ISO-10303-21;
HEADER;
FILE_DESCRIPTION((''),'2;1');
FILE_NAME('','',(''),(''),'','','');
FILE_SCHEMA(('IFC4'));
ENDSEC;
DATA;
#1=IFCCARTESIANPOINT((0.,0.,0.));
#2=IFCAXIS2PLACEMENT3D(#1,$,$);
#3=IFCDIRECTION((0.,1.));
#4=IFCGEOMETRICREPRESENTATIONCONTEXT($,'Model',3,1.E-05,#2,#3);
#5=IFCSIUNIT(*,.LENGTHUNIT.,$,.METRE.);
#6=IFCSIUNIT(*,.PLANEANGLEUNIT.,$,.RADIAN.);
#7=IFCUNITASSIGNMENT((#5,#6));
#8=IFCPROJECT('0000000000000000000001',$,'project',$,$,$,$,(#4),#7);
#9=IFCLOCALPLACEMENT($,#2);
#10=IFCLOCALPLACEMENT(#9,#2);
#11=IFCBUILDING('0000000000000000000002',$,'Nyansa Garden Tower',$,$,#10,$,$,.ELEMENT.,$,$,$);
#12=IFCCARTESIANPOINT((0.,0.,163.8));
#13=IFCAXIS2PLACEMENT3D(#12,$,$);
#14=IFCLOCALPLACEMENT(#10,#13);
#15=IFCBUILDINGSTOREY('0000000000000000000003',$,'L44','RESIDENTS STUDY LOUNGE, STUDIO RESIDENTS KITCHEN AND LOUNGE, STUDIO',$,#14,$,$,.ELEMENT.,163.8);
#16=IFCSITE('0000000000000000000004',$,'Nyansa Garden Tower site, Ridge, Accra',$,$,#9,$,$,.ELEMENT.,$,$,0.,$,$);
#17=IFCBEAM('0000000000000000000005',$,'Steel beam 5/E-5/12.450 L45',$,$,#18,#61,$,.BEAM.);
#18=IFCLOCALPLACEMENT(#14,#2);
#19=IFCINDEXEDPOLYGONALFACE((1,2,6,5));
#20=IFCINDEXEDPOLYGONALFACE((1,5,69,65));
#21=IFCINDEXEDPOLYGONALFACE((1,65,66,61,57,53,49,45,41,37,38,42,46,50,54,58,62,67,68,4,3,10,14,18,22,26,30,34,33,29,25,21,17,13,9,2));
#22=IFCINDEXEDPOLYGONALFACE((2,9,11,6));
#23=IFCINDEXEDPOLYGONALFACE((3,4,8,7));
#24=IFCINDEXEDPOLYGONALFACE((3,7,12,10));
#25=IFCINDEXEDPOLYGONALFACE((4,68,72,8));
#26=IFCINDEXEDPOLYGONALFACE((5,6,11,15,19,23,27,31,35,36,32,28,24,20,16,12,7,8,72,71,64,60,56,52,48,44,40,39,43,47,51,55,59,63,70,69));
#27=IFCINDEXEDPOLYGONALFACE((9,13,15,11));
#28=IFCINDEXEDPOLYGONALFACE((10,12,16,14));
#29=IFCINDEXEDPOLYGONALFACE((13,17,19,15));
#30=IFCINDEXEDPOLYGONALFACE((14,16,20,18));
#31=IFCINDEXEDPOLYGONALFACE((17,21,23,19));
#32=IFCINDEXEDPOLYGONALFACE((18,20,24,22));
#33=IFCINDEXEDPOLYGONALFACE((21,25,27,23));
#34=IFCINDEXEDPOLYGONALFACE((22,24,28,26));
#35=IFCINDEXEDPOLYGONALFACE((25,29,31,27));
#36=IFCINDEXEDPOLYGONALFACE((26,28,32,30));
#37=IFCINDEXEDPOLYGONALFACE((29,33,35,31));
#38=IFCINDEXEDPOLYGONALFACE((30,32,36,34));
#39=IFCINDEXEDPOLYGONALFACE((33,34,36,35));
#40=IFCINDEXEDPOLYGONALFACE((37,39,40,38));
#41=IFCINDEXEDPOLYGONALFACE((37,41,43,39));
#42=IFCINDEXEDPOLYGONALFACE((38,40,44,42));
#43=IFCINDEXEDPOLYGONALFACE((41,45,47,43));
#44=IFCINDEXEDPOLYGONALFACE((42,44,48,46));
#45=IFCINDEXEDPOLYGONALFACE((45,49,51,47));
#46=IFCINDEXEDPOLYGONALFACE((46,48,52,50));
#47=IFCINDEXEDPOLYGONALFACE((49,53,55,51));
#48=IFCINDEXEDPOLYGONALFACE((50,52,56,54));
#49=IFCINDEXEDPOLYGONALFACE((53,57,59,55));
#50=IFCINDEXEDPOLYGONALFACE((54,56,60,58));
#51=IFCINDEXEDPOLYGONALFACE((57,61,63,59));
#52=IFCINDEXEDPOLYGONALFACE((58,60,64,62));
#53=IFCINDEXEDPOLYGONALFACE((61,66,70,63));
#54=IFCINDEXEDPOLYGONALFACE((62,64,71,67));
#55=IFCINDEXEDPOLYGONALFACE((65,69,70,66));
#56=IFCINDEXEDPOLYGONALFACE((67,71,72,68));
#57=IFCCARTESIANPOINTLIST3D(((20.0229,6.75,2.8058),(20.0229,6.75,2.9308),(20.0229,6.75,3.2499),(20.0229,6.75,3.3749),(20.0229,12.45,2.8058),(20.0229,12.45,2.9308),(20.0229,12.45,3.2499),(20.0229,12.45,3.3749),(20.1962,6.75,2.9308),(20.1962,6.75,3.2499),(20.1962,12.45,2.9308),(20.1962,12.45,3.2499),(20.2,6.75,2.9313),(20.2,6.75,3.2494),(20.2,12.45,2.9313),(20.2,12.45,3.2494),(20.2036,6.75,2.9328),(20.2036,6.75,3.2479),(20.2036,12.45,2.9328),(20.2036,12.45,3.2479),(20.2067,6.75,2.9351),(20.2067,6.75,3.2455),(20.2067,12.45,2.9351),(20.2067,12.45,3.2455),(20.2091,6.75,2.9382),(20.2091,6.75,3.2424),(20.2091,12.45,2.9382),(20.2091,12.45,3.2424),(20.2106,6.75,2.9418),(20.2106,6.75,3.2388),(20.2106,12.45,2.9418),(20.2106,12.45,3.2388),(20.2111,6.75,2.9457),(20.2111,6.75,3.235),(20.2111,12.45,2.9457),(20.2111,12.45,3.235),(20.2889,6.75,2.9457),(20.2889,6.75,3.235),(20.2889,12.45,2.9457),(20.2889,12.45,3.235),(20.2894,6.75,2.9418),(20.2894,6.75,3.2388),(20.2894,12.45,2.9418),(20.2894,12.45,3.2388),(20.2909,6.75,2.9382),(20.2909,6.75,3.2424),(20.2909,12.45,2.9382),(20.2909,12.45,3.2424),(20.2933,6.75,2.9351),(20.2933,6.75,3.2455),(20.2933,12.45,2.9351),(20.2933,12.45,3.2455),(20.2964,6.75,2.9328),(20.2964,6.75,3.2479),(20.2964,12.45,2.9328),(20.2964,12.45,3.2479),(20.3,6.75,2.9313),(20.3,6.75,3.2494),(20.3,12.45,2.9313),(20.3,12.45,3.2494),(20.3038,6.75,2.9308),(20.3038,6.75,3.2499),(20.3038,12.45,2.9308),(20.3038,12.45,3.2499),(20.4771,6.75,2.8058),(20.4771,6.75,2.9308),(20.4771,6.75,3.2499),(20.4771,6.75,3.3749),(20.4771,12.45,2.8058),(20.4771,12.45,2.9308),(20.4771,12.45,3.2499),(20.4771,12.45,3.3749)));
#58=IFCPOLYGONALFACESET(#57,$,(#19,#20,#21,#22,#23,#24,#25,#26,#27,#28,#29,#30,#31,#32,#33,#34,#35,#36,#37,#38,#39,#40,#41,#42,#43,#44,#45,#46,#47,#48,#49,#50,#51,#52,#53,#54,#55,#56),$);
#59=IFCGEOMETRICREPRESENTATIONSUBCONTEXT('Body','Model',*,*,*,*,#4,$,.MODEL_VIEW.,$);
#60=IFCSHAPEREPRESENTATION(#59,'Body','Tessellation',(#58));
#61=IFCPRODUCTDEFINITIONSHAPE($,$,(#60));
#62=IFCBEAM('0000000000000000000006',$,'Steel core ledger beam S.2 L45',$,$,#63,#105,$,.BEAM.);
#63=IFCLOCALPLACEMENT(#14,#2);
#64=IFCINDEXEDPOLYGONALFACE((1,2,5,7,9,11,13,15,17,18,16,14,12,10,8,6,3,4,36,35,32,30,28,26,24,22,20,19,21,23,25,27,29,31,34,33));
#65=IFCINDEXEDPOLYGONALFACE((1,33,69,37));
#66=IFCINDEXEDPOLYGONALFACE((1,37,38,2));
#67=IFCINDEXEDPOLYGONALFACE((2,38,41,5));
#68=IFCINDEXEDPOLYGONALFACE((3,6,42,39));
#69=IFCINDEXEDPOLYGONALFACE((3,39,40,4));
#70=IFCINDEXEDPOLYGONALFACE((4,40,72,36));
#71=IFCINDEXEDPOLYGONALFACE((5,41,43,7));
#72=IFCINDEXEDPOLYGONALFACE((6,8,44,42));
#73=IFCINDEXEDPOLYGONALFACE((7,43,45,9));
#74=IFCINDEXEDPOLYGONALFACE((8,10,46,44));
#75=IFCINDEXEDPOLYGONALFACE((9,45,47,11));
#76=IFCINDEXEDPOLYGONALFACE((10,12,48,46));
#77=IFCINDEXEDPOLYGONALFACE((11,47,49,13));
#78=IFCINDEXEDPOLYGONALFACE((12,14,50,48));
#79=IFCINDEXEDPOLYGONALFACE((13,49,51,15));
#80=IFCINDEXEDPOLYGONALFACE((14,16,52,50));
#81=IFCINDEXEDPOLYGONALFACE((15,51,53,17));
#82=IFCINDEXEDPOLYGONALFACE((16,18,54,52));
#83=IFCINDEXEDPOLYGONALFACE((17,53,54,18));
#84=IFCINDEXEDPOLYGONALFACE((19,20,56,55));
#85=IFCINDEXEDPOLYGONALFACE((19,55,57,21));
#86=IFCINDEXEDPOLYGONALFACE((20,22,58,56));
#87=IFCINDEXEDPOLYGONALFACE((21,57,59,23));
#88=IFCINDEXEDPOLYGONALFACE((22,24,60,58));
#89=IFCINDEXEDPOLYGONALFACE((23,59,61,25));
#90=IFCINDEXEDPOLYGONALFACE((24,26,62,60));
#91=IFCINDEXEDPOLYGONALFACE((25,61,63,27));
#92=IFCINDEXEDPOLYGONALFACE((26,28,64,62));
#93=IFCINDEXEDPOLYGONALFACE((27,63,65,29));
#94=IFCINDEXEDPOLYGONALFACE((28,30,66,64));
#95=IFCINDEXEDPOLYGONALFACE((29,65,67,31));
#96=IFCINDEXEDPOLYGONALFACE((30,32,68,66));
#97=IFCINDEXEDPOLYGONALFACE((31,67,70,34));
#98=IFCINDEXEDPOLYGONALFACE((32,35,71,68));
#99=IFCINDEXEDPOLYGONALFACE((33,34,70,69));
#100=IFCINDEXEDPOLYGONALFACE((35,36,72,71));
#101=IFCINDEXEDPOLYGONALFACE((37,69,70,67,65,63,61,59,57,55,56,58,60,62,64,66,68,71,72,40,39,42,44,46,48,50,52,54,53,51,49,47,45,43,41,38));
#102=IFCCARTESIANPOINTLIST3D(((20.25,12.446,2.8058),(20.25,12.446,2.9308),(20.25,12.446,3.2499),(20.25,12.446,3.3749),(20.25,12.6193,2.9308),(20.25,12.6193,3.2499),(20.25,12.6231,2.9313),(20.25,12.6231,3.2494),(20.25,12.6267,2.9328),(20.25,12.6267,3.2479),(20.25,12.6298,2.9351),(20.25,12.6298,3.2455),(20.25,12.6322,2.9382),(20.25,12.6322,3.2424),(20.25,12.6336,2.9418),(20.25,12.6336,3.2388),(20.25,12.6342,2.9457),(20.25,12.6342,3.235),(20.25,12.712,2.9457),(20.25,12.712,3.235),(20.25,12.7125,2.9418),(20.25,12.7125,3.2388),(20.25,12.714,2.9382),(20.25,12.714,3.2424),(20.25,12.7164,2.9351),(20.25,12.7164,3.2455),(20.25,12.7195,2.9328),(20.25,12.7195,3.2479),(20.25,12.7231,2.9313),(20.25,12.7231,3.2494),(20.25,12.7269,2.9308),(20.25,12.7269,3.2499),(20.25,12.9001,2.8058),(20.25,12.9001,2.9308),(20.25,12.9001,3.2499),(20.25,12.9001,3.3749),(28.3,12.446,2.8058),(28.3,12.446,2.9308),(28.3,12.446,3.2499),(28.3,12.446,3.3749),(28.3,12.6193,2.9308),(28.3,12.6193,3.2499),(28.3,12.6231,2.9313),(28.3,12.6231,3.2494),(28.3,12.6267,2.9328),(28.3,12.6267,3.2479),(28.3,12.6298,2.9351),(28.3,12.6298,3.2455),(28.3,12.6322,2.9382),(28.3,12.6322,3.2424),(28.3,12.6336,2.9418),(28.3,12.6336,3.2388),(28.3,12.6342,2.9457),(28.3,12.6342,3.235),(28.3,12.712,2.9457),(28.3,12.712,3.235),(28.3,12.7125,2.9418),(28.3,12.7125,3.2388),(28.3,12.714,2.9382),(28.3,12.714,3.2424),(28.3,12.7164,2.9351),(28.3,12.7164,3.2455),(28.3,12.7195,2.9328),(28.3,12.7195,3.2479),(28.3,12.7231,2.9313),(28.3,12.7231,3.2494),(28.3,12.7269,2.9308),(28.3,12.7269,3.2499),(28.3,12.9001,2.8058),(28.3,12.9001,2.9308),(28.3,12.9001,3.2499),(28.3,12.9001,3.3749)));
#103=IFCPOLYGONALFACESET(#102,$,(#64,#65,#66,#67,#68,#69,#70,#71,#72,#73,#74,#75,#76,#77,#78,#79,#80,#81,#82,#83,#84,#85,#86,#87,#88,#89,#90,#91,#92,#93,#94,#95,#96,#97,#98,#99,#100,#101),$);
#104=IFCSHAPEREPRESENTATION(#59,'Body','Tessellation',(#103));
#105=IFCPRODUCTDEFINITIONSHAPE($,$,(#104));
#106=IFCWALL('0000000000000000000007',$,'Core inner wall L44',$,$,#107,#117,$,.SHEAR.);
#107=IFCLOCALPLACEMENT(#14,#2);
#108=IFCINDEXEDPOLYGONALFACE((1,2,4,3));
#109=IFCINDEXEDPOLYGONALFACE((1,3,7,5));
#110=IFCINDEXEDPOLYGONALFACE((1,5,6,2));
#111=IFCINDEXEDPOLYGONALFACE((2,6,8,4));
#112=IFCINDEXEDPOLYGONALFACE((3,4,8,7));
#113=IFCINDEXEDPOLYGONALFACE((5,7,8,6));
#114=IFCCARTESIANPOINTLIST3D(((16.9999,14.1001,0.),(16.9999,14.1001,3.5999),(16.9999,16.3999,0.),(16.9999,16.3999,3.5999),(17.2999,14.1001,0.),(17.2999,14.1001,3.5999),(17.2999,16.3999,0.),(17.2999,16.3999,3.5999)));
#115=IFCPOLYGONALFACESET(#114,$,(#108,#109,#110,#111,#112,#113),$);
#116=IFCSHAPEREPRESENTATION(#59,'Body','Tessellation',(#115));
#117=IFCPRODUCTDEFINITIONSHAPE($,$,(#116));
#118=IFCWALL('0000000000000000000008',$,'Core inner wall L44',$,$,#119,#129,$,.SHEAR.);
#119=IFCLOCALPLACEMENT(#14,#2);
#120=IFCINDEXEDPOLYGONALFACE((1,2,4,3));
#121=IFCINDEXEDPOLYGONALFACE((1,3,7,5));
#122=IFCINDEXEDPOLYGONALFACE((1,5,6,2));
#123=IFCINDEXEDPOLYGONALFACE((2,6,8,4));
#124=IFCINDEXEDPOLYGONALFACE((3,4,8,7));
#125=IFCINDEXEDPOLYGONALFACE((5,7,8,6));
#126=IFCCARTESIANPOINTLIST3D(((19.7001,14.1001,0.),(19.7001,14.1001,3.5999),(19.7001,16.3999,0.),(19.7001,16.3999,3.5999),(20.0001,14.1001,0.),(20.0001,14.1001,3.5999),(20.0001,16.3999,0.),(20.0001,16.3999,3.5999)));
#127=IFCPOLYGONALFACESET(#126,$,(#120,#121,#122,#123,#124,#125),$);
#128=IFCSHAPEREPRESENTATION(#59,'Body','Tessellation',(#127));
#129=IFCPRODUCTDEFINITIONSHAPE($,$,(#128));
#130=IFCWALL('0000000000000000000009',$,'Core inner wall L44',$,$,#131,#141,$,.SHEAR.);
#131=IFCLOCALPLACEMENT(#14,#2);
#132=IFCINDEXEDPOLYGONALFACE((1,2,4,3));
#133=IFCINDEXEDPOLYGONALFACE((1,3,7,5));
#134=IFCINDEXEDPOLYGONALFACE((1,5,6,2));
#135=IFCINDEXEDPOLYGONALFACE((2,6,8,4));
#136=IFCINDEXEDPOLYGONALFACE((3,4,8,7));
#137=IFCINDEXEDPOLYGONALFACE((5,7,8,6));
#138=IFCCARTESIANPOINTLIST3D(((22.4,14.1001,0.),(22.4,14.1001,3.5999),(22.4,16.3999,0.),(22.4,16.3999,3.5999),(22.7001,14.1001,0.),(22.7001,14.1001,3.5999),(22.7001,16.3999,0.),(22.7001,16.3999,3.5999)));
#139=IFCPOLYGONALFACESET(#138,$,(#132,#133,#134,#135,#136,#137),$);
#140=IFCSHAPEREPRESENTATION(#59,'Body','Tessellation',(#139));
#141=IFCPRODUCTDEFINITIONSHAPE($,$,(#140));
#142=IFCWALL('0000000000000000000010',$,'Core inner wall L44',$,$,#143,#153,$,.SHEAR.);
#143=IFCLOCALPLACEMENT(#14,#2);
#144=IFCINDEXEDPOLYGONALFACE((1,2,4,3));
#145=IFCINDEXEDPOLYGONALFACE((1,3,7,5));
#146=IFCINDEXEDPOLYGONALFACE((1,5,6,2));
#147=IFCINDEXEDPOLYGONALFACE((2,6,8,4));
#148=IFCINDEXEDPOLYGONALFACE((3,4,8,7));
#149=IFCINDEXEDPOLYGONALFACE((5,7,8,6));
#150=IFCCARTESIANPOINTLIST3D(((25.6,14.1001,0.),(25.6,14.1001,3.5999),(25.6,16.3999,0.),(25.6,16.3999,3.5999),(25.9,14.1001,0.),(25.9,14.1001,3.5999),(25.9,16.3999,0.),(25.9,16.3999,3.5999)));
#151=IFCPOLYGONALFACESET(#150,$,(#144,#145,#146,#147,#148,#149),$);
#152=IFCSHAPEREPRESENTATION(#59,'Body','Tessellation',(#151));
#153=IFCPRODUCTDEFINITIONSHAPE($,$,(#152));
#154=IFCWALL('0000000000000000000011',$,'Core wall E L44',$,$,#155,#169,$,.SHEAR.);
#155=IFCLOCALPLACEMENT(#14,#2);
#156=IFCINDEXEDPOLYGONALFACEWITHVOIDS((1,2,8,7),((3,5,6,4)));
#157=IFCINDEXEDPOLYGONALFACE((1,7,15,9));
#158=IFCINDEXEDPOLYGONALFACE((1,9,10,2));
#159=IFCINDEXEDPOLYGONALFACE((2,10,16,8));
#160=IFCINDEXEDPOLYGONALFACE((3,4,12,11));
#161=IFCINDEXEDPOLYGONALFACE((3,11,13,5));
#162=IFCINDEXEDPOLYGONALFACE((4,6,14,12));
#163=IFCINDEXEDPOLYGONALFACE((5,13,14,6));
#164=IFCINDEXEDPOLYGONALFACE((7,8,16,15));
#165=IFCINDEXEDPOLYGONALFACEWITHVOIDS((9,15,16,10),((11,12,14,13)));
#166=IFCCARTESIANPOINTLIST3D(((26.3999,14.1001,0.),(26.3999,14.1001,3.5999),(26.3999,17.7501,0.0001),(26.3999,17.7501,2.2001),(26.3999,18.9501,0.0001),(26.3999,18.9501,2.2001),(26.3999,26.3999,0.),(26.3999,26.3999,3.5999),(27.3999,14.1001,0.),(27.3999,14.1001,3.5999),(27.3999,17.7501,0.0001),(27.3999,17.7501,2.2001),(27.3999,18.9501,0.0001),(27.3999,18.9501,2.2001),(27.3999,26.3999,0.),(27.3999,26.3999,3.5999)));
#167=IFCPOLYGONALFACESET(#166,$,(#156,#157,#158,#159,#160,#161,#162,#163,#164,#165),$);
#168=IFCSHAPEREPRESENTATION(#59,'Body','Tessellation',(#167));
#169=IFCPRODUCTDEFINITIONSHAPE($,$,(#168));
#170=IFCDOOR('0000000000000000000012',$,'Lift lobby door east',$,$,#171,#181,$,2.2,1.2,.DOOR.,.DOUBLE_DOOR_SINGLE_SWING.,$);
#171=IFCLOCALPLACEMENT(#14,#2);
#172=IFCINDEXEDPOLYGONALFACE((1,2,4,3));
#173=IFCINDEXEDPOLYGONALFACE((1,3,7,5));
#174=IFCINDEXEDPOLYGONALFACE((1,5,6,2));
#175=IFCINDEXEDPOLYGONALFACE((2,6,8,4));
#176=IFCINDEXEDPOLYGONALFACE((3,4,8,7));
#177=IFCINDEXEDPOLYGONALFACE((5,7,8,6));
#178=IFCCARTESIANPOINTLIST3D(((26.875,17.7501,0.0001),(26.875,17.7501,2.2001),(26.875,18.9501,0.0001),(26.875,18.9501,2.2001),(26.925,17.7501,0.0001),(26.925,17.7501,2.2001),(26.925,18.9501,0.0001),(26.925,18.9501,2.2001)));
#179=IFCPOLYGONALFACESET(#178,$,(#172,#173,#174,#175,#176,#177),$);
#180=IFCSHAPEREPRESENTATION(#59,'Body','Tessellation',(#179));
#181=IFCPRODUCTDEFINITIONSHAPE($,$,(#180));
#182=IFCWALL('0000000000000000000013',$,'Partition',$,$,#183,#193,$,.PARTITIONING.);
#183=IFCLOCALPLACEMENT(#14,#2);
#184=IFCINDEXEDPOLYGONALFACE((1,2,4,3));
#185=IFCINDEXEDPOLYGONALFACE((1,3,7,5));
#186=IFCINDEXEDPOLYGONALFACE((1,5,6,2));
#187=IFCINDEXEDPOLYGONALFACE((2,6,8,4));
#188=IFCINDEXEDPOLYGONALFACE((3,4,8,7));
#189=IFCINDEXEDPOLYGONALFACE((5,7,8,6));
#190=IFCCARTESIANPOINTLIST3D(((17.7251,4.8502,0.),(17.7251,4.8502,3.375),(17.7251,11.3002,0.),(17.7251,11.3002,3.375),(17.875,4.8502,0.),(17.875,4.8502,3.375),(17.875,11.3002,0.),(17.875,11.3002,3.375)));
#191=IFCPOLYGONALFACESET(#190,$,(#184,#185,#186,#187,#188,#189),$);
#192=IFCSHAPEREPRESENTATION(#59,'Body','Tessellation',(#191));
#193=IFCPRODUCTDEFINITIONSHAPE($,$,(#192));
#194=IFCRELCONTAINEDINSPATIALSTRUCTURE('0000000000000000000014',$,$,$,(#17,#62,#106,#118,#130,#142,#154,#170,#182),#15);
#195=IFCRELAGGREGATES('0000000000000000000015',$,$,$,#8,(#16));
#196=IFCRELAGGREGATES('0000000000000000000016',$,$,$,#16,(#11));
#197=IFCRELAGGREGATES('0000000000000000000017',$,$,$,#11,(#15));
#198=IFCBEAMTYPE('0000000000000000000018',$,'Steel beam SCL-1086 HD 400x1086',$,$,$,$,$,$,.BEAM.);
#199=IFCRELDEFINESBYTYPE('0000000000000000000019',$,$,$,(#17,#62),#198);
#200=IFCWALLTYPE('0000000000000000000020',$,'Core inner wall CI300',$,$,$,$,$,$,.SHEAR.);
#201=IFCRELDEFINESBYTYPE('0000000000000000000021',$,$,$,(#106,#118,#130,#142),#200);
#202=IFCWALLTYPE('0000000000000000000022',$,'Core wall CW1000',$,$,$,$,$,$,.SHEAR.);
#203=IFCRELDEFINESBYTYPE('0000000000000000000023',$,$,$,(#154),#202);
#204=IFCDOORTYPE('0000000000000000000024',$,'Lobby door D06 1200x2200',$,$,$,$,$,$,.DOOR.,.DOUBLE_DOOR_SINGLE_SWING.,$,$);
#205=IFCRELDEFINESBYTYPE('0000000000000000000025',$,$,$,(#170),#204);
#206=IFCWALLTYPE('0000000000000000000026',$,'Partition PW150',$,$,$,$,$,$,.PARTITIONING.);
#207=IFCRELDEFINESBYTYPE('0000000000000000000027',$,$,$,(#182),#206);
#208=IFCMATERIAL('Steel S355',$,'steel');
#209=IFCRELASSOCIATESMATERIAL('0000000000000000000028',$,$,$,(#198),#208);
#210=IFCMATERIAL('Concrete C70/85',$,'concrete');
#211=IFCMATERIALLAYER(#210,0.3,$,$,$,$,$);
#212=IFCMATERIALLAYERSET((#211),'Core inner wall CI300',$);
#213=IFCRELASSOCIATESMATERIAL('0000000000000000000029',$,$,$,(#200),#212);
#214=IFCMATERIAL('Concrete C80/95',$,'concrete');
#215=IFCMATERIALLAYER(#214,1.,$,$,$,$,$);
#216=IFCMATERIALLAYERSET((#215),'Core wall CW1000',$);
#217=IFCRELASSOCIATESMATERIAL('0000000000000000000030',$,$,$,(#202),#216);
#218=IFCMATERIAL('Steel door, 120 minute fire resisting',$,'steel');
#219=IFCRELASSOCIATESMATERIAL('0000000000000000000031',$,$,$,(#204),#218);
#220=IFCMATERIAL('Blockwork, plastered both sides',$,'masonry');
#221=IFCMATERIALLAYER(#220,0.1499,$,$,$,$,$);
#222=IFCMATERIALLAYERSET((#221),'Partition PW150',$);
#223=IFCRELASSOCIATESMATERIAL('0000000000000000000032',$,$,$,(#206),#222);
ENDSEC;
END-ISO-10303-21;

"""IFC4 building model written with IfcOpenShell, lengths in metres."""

from ifc_helpers import new_model, si_unit, direction, frame, frame_2d, origin, origin_2d, place, context, subcontext, project, spatial, rectangle, i_section, extrude, material, layer, layer_set, material_profile, profile_set, type_object, element, fill, save


model = new_model("IFC4")

# Units and contexts
model_context = context("Model", 3, precision=1e-05, world=origin(), true_north=direction((0.0, 1.0)))
body_context = subcontext(model_context, "Body", "Model", "MODEL_VIEW")
ifc_project = project(units=[si_unit("LENGTHUNIT", "METRE"), si_unit("PLANEANGLEUNIT", "RADIAN")], contexts=[model_context])

# Site, building, storey
site_placement = place(None, origin())
site = spatial("IfcSite", under=ifc_project, at=site_placement, Name="Nyansa Garden Tower site, Ridge, Accra", CompositionType="ELEMENT", RefElevation=0.0)
building_placement = place(site_placement, origin())
building = spatial("IfcBuilding", under=site, at=building_placement, Name="Nyansa Garden Tower", CompositionType="ELEMENT")
storey_placement = place(building_placement, frame((0.0, 0.0, 163.8)))
storey = spatial("IfcBuildingStorey", under=building, at=storey_placement, Name="L44", Description="RESIDENTS STUDY LOUNGE, STUDIO RESIDENTS KITCHEN AND LOUNGE, STUDIO", CompositionType="ELEMENT", Elevation=163.8)

# Beams
ifc_material_1 = material(Name="Steel S355", Category="steel")
ifc_material_profile_1 = material_profile(ifc_material_1, i_section(OverallWidth=0.4541, OverallDepth=0.5691, WebThickness=0.0779, FlangeThickness=0.125, FilletRadius=0.0149, at=origin_2d()), Name="HD 400x1086")
ifc_profile_set_1 = profile_set([ifc_material_profile_1], Name="Steel S355")
beam_type_1 = type_object("IfcBeamType", Name="Steel beam SCL-1086 HD 400x1086", PredefinedType="BEAM", material=ifc_profile_set_1)
beam_1_placement = place(storey_placement, frame((20.25, 6.75, 3.0903), z_axis=(0.0, 1.0, 0.0), x_axis=(-1.0, 0.0, 0.0)))
element("IfcBeam", 1, at=beam_1_placement, inside=storey, type_object=beam_type_1, Name="Steel beam 5/E-5/12.450 L45", PredefinedType="BEAM", context=body_context, shape_type="SweptSolid", body=[
    extrude(i_section(OverallWidth=0.4541, OverallDepth=0.5691, WebThickness=0.0779, FlangeThickness=0.125, FilletRadius=0.0149, at=origin_2d()), origin(), (0.0, 0.0, 1.0), 5.7),
])
beam_2_placement = place(storey_placement, frame((20.25, 12.6731, 3.0903), z_axis=(1.0, 0.0, 0.0), x_axis=(0.0, 1.0, 0.0)))
element("IfcBeam", 2, at=beam_2_placement, inside=storey, type_object=beam_type_1, Name="Steel core ledger beam S.2 L45", PredefinedType="BEAM", context=body_context, shape_type="SweptSolid", body=[
    extrude(i_section(OverallWidth=0.4541, OverallDepth=0.5691, WebThickness=0.0779, FlangeThickness=0.125, FilletRadius=0.0149, at=origin_2d()), origin(), (0.0, 0.0, 1.0), 8.05),
])

# Walls
ifc_material_2 = material(Name="Concrete C70/85", Category="concrete")
ifc_layer_1 = layer(ifc_material_2, 0.3)
ifc_layer_set_1 = layer_set([ifc_layer_1], Name="Core inner wall CI300")
wall_type_1 = type_object("IfcWallType", Name="Core inner wall CI300", PredefinedType="SHEAR", material=ifc_layer_set_1)
for number, where, z_axis, x_axis, name in (
    (3, (17.1499, 14.1001, 0.0), (0.0, 0.0, 1.0), (0.0, 1.0, 0.0), "Core inner wall L44"),
    (4, (19.8501, 14.1001, 0.0), (0.0, 0.0, 1.0), (0.0, 1.0, 0.0), "Core inner wall L44"),
    (5, (22.55, 14.1001, 0.0), (0.0, 0.0, 1.0), (0.0, 1.0, 0.0), "Core inner wall L44"),
    (6, (25.75, 14.1001, 0.0), (0.0, 0.0, 1.0), (0.0, 1.0, 0.0), "Core inner wall L44"),
):
    element("IfcWall", number, at=place(storey_placement, frame(where, z_axis=z_axis, x_axis=x_axis)), inside=storey, type_object=wall_type_1, Name=name, PredefinedType="SHEAR", context=body_context, shape_type="SweptSolid", body=[
        extrude(rectangle(XDim=2.2998, YDim=0.3, at=frame_2d((1.1499, 0.0))), origin(), (0.0, 0.0, 1.0), 3.5999),
    ])

# Wall, opening, door
ifc_material_3 = material(Name="Concrete C80/95", Category="concrete")
ifc_layer_2 = layer(ifc_material_3, 1.0)
ifc_layer_set_2 = layer_set([ifc_layer_2], Name="Core wall CW1000")
wall_type_2 = type_object("IfcWallType", Name="Core wall CW1000", PredefinedType="SHEAR", material=ifc_layer_set_2)
wall_1_placement = place(storey_placement, frame((26.8999, 14.1001, 0.0), z_axis=(0.0, 0.0, 1.0), x_axis=(0.0, 1.0, 0.0)))
wall_1 = element("IfcWall", 7, at=wall_1_placement, inside=storey, type_object=wall_type_2, Name="Core wall E L44", PredefinedType="SHEAR", context=body_context, shape_type="SweptSolid", body=[
    extrude(rectangle(XDim=12.2998, YDim=1.0, at=frame_2d((6.1499, 0.0))), origin(), (0.0, 0.0, 1.0), 3.5999),
])
opening_1_placement = place(wall_1_placement, frame((3.6499, 0.0, 0.0)))
opening_1 = element("IfcOpeningElement", 8, at=opening_1_placement, cuts=wall_1, PredefinedType="OPENING", context=body_context, shape_type="SweptSolid", body=[
    extrude(rectangle(XDim=1.2, YDim=2.2, at=frame_2d((0.6001, 1.1001))), frame((0.0, 0.51, 0.0), z_axis=(0.0, -1.0, 0.0), x_axis=(1.0, 0.0, 0.0)), (0.0, 0.0, 1.0), 1.02),
])
ifc_material_4 = material(Name="Steel door, 120 minute fire resisting", Category="steel")
door_type_1 = type_object("IfcDoorType", Name="Lobby door D06 1200x2200", OperationType="DOUBLE_DOOR_SINGLE_SWING", PredefinedType="DOOR", material=ifc_material_4)
door_1_placement = place(opening_1_placement, origin())
door_1 = element("IfcDoor", 9, at=door_1_placement, inside=storey, type_object=door_type_1, Name="Lift lobby door east", OperationType="DOUBLE_DOOR_SINGLE_SWING", OverallHeight=2.2, OverallWidth=1.2, PredefinedType="DOOR", context=body_context, shape_type="SweptSolid", body=[
    extrude(rectangle(XDim=1.2, YDim=2.2, at=frame_2d((0.6001, 1.1001))), frame((0.0, 0.0249, 0.0), z_axis=(0.0, -1.0, 0.0), x_axis=(1.0, 0.0, 0.0)), (0.0, 0.0, 1.0), 0.05),
])
fill(opening_1, door_1)

# Wall
ifc_material_5 = material(Name="Blockwork, plastered both sides", Category="masonry")
ifc_layer_3 = layer(ifc_material_5, 0.1499)
ifc_layer_set_3 = layer_set([ifc_layer_3], Name="Partition PW150")
wall_type_3 = type_object("IfcWallType", Name="Partition PW150", PredefinedType="PARTITIONING", material=ifc_layer_set_3)
wall_2_placement = place(storey_placement, frame((17.8, 4.8501, 0.0), z_axis=(0.0, 0.0, 1.0), x_axis=(0.0, 1.0, 0.0)))
element("IfcWall", 10, at=wall_2_placement, inside=storey, type_object=wall_type_3, Name="Partition", PredefinedType="PARTITIONING", context=body_context, shape_type="SweptSolid", body=[
    extrude(rectangle(XDim=6.45, YDim=0.1499, at=frame_2d((3.2251, 0.0))), origin(), (0.0, 0.0, 1.0), 3.375),
])

save(model, "model.ifc")
